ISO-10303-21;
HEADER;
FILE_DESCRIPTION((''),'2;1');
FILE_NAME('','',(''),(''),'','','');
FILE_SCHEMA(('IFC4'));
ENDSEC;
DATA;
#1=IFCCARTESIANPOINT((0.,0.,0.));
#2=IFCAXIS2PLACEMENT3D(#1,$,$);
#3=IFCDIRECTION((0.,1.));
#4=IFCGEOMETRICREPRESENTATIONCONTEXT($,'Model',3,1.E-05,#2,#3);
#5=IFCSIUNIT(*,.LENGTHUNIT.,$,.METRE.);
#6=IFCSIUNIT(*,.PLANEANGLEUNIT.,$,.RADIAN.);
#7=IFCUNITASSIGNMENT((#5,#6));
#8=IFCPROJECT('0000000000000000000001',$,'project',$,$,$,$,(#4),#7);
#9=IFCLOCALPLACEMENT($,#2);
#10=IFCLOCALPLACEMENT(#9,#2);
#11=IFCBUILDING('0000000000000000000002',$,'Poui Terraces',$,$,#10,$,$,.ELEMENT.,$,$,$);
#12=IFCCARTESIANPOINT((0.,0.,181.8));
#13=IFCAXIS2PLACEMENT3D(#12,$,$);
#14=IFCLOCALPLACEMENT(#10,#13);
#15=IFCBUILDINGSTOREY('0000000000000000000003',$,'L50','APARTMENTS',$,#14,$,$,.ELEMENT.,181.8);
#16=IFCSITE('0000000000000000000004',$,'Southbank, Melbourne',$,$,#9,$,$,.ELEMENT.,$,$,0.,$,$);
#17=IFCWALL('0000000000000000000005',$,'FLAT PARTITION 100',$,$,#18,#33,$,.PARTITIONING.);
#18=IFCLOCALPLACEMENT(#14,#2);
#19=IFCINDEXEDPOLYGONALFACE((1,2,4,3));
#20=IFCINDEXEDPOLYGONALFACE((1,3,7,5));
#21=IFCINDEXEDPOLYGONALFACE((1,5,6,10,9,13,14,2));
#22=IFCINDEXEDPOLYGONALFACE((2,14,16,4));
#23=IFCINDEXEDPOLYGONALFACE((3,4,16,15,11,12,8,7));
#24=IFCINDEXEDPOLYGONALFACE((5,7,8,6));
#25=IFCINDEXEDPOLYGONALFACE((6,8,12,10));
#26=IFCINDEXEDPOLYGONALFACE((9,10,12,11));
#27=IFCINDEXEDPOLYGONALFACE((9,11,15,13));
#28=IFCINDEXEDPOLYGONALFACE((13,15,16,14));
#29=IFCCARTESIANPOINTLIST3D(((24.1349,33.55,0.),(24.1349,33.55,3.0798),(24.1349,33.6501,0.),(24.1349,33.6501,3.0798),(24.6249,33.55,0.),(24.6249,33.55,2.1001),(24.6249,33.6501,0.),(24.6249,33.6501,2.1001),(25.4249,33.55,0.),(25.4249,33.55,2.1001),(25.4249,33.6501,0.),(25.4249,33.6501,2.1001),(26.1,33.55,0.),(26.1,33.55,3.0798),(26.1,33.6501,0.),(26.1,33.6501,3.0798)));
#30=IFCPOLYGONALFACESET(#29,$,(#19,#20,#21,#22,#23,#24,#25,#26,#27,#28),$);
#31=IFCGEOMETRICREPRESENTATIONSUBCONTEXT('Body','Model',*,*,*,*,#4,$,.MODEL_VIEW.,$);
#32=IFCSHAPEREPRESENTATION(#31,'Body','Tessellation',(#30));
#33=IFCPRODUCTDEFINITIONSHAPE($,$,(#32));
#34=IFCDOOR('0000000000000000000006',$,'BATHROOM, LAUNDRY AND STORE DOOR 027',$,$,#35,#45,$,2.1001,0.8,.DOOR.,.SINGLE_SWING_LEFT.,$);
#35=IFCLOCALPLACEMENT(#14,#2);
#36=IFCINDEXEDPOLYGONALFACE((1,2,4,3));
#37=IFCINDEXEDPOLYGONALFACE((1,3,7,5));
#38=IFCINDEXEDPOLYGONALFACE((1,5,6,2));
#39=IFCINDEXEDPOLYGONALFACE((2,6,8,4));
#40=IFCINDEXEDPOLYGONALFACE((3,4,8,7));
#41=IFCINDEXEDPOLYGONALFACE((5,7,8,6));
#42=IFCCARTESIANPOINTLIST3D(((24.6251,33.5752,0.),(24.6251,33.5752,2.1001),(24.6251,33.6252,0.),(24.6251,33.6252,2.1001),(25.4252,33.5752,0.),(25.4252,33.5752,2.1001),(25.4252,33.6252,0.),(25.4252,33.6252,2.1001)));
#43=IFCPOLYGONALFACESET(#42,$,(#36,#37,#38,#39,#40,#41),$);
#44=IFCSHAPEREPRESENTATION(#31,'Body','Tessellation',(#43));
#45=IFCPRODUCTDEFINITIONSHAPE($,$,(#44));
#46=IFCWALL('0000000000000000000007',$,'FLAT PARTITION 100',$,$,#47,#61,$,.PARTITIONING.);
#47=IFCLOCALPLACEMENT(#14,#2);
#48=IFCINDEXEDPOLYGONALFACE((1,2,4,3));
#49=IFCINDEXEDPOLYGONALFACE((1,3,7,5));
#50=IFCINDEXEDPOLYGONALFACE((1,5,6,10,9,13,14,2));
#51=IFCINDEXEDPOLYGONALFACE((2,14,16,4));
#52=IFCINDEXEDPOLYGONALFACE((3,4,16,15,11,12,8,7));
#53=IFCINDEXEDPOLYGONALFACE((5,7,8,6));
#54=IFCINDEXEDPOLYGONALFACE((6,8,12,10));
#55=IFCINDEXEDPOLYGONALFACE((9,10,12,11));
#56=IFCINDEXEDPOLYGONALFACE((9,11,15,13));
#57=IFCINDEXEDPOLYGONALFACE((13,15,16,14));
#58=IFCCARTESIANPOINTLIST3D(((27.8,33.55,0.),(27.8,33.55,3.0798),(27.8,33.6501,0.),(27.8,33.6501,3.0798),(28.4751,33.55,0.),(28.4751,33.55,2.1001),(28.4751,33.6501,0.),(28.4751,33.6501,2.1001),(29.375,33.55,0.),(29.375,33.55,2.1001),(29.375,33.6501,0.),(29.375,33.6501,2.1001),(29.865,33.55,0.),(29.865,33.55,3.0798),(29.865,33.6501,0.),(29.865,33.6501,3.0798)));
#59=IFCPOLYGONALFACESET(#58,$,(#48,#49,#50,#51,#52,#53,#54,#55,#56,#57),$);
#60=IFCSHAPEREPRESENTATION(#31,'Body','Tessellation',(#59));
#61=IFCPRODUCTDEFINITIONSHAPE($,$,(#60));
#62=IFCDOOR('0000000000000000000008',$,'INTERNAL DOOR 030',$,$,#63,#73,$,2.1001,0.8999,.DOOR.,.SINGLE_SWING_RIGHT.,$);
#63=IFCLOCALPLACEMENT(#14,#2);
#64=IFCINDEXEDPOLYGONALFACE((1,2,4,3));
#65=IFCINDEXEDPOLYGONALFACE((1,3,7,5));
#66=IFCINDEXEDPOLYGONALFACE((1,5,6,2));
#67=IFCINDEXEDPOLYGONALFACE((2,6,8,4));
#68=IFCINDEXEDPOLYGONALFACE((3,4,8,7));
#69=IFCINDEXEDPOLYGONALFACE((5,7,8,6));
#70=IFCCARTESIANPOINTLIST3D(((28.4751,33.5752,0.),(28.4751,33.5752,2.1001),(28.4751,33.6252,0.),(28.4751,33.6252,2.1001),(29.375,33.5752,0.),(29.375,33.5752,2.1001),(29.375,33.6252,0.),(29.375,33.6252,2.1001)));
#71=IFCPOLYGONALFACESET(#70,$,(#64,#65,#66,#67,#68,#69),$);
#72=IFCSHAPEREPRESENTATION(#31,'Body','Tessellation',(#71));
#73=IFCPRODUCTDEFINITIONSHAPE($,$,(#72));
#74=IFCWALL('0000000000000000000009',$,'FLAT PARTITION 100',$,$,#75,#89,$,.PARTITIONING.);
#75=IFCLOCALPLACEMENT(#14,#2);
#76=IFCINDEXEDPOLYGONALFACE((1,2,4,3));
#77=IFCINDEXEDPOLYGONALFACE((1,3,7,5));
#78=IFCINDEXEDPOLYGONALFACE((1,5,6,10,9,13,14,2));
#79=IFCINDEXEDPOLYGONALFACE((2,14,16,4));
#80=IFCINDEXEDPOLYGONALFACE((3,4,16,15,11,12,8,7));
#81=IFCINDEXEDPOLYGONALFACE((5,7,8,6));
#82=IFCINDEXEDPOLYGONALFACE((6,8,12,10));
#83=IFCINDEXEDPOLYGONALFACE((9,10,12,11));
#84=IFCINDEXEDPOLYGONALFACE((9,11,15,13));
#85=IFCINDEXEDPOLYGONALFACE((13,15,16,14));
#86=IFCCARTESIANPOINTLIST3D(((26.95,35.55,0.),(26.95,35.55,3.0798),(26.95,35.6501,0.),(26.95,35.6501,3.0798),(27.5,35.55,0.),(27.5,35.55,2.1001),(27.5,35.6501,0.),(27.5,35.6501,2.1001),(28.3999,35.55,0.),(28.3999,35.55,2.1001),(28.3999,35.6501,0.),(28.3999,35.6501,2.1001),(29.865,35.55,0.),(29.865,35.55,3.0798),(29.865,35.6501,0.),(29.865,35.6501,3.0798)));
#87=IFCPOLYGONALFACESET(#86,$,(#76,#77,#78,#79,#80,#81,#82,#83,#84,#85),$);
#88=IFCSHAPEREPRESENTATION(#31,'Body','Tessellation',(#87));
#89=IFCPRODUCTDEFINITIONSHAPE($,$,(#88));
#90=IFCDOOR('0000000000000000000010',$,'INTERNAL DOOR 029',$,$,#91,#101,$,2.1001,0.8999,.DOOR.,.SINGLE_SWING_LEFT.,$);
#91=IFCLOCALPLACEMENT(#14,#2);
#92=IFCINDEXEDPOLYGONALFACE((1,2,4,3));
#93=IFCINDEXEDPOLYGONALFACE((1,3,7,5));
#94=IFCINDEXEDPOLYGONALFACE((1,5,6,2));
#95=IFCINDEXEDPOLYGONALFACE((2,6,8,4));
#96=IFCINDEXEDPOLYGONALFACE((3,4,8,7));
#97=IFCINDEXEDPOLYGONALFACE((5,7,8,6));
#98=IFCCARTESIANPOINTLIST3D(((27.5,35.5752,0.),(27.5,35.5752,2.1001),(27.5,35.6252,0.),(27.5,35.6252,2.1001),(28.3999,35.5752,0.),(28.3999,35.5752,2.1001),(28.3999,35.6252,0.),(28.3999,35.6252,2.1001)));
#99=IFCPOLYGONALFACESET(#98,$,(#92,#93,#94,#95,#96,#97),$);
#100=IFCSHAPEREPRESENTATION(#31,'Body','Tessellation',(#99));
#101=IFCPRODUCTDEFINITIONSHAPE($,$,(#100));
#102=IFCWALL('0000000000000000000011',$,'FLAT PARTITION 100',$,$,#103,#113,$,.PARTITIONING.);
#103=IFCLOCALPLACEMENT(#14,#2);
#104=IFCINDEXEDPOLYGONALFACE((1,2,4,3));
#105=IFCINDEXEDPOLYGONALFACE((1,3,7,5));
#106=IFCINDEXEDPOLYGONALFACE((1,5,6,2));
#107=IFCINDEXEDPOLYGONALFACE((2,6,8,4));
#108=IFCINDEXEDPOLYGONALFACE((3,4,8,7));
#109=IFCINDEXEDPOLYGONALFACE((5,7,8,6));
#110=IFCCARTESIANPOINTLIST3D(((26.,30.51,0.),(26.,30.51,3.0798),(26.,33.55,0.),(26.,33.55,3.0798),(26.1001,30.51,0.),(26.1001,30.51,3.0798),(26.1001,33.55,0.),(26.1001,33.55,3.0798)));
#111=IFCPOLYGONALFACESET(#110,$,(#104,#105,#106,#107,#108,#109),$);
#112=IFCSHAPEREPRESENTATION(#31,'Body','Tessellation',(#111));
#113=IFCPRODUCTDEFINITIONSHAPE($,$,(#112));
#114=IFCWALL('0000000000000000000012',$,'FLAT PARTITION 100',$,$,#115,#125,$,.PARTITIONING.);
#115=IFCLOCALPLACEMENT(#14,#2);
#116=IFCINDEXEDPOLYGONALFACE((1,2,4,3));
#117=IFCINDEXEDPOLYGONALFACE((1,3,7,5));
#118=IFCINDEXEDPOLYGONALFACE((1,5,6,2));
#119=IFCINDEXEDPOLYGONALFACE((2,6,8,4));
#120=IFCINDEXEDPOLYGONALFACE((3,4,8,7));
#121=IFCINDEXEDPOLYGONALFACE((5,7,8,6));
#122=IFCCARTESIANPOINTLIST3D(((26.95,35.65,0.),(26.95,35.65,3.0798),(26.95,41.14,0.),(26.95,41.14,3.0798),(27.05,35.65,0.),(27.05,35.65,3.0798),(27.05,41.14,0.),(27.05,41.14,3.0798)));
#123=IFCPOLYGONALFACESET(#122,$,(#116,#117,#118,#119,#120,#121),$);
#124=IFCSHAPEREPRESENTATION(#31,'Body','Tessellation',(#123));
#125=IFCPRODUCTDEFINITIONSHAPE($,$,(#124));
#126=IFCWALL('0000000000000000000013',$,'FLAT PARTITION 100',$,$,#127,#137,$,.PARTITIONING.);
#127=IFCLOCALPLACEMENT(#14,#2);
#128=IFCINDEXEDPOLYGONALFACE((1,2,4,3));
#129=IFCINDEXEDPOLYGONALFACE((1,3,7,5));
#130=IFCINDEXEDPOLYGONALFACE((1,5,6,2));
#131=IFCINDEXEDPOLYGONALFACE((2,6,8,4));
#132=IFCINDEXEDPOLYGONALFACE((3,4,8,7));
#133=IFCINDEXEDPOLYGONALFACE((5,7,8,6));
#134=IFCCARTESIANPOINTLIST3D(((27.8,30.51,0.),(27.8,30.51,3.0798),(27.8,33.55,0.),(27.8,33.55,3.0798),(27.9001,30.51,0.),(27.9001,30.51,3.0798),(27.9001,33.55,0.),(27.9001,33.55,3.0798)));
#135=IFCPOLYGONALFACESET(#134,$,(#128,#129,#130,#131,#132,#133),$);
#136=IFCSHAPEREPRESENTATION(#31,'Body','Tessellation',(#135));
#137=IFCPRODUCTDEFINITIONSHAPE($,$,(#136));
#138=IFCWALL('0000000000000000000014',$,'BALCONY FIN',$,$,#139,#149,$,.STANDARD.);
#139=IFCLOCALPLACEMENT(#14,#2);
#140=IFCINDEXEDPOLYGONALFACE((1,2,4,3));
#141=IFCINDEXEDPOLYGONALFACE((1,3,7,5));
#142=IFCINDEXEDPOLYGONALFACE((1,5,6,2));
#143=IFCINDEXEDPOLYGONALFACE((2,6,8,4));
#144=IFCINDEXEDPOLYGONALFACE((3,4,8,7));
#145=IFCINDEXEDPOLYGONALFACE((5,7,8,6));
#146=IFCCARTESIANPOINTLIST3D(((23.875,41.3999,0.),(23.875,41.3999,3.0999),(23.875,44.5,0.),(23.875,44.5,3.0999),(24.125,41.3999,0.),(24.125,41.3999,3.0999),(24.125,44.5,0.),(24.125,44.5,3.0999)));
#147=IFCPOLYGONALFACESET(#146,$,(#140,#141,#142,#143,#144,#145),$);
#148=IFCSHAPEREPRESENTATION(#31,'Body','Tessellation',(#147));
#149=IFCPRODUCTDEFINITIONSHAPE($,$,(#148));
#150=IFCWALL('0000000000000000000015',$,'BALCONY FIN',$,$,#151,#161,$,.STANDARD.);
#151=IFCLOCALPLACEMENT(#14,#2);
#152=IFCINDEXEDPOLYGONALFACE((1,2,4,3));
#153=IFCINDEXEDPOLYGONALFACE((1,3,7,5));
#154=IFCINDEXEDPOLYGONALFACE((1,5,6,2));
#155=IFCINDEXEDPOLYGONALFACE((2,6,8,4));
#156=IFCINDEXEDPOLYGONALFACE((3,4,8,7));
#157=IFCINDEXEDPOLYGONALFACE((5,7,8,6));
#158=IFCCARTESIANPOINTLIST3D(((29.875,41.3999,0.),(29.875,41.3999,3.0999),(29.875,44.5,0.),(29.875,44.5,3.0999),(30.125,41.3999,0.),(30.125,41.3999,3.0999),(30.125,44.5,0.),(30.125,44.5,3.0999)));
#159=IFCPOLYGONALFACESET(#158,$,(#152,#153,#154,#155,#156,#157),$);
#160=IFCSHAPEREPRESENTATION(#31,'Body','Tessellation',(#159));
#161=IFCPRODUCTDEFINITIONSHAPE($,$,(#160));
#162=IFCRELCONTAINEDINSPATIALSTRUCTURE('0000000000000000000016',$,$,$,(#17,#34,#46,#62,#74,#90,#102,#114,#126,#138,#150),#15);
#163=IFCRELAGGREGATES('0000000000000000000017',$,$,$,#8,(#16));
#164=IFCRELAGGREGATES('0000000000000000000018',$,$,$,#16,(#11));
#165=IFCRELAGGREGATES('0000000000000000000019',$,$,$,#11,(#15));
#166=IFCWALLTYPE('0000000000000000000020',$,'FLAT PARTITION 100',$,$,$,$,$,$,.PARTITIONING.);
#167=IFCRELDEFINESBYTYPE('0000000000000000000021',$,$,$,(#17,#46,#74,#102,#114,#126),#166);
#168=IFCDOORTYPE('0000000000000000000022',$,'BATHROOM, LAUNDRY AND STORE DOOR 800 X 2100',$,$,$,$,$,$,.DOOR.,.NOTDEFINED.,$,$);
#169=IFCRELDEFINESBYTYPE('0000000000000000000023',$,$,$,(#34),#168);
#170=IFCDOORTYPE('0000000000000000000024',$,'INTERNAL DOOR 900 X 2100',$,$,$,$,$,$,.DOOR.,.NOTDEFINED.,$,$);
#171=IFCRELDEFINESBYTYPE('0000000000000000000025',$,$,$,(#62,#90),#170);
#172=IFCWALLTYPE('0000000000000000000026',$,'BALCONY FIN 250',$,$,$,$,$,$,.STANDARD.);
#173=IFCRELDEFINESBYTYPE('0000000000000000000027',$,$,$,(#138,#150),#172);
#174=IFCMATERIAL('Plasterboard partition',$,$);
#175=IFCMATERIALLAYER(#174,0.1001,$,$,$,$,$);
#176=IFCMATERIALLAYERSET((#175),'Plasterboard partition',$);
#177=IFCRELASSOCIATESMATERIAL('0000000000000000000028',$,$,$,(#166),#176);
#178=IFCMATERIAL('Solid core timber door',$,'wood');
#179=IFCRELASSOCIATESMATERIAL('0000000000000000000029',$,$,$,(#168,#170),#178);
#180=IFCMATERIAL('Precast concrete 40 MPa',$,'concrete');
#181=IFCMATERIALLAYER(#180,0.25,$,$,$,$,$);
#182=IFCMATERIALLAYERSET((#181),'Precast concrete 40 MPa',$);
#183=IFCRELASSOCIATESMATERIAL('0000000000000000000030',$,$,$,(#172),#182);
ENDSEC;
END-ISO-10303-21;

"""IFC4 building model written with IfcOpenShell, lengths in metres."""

from ifc_helpers import new_model, si_unit, direction, frame, frame_2d, origin, place, context, subcontext, project, spatial, polyline, rectangle, outline, extrude, source, transform, mapped, material, layer, layer_set, type_object, element, fill, save


model = new_model("IFC4")

# Units and contexts
model_context = context("Model", 3, precision=1e-05, world=origin(), true_north=direction((0.0, 1.0)))
body_context = subcontext(model_context, "Body", "Model", "MODEL_VIEW")
ifc_project = project(units=[si_unit("LENGTHUNIT", "METRE"), si_unit("PLANEANGLEUNIT", "RADIAN")], contexts=[model_context])

# Site, building, storey
site_placement = place(None, origin())
site = spatial("IfcSite", under=ifc_project, at=site_placement, Name="Southbank, Melbourne", CompositionType="ELEMENT", RefElevation=0.0)
building_placement = place(site_placement, origin())
building = spatial("IfcBuilding", under=site, at=building_placement, Name="Poui Terraces", CompositionType="ELEMENT")
storey_placement = place(building_placement, frame((0.0, 0.0, 181.8)))
storey = spatial("IfcBuildingStorey", under=building, at=storey_placement, Name="L50", Description="APARTMENTS", CompositionType="ELEMENT", Elevation=181.8)

# Walls, openings, doors
ifc_material_1 = material(Name="Plasterboard partition")
ifc_layer_1 = layer(ifc_material_1, 0.1001)
ifc_layer_set_1 = layer_set([ifc_layer_1], Name="Plasterboard partition")
wall_type_1 = type_object("IfcWallType", Name="FLAT PARTITION 100", PredefinedType="PARTITIONING", material=ifc_layer_set_1)
wall_1_placement = place(storey_placement, frame((24.135, 33.6001, 0.0), z_axis=(0.0, 0.0, 1.0), x_axis=(1.0, 0.0, 0.0)))
wall_1 = element("IfcWall", 1, at=wall_1_placement, inside=storey, type_object=wall_type_1, Name="FLAT PARTITION 100", PredefinedType="PARTITIONING", context=body_context, shape_type="SweptSolid", body=[
    extrude(rectangle(XDim=1.9651, YDim=0.1001, at=frame_2d((0.9824, 0.0))), origin(), (0.0, 0.0, 1.0), 3.0798),
])
opening_1_placement = place(wall_1_placement, frame((0.49, 0.0, 0.0)))
opening_1 = element("IfcOpeningElement", 2, at=opening_1_placement, cuts=wall_1, PredefinedType="OPENING", context=body_context, shape_type="SweptSolid", body=[
    extrude(rectangle(XDim=0.8, YDim=2.1001, at=frame_2d((0.3999, 1.05))), frame((0.0, 0.0601, 0.0), z_axis=(0.0, -1.0, 0.0), x_axis=(1.0, 0.0, 0.0)), (0.0, 0.0, 1.0), 0.1201),
])
ifc_material_2 = material(Name="Solid core timber door", Category="wood")
door_type_1 = type_object("IfcDoorType", Name="BATHROOM, LAUNDRY AND STORE DOOR 800 X 2100", OperationType="NOTDEFINED", PredefinedType="DOOR", material=ifc_material_2)
door_1_placement = place(opening_1_placement, frame((0.8, 0.0, 0.0), z_axis=(0.0, 0.0, 1.0), x_axis=(-1.0, 0.0, 0.0)))
door_1 = element("IfcDoor", 3, at=door_1_placement, inside=storey, type_object=door_type_1, Name="BATHROOM, LAUNDRY AND STORE DOOR 027", OperationType="SINGLE_SWING_LEFT", OverallHeight=2.1001, OverallWidth=0.8, PredefinedType="DOOR", context=body_context, shape_type="SweptSolid", body=[
    extrude(rectangle(XDim=0.8, YDim=2.1001, at=frame_2d((0.3999, 1.05))), frame((0.0, 0.0249, 0.0), z_axis=(0.0, -1.0, 0.0), x_axis=(1.0, 0.0, 0.0)), (0.0, 0.0, 1.0), 0.05),
])
fill(opening_1, door_1)
wall_2_placement = place(storey_placement, frame((27.8, 33.6001, 0.0), z_axis=(0.0, 0.0, 1.0), x_axis=(1.0, 0.0, 0.0)))
wall_2 = element("IfcWall", 4, at=wall_2_placement, inside=storey, type_object=wall_type_1, Name="FLAT PARTITION 100", PredefinedType="PARTITIONING", context=body_context, shape_type="SweptSolid", body=[
    extrude(rectangle(XDim=2.0649, YDim=0.1001, at=frame_2d((1.0325, 0.0))), origin(), (0.0, 0.0, 1.0), 3.0798),
])
opening_2_placement = place(wall_2_placement, frame((0.675, 0.0, 0.0)))
opening_2 = element("IfcOpeningElement", 5, at=opening_2_placement, cuts=wall_2, PredefinedType="OPENING", context=body_context, shape_type="SweptSolid", body=[
    extrude(rectangle(XDim=0.8999, YDim=2.1001, at=frame_2d((0.45, 1.05))), frame((0.0, 0.0601, 0.0), z_axis=(0.0, -1.0, 0.0), x_axis=(1.0, 0.0, 0.0)), (0.0, 0.0, 1.0), 0.1201),
])
door_type_2 = type_object("IfcDoorType", Name="INTERNAL DOOR 900 X 2100", OperationType="NOTDEFINED", PredefinedType="DOOR", material=ifc_material_2)
door_2_placement = place(opening_2_placement, frame((0.8999, 0.0, 0.0), z_axis=(0.0, 0.0, 1.0), x_axis=(-1.0, 0.0, 0.0)))
door_2 = element("IfcDoor", 6, at=door_2_placement, inside=storey, type_object=door_type_2, Name="INTERNAL DOOR 030", OperationType="SINGLE_SWING_RIGHT", OverallHeight=2.1001, OverallWidth=0.8999, PredefinedType="DOOR", context=body_context, shape_type="SweptSolid", body=[
    extrude(rectangle(XDim=0.8999, YDim=2.1001, at=frame_2d((0.45, 1.05))), frame((0.0, 0.0249, 0.0), z_axis=(0.0, -1.0, 0.0), x_axis=(1.0, 0.0, 0.0)), (0.0, 0.0, 1.0), 0.05),
])
fill(opening_2, door_2)
wall_3_placement = place(storey_placement, frame((26.95, 35.6001, 0.0), z_axis=(0.0, 0.0, 1.0), x_axis=(1.0, 0.0, 0.0)))
wall_3 = element("IfcWall", 7, at=wall_3_placement, inside=storey, type_object=wall_type_1, Name="FLAT PARTITION 100", PredefinedType="PARTITIONING", context=body_context, shape_type="SweptSolid", body=[
    extrude(rectangle(XDim=2.915, YDim=0.1001, at=frame_2d((1.4575, 0.0))), origin(), (0.0, 0.0, 1.0), 3.0798),
])
opening_3_placement = place(wall_3_placement, frame((0.55, 0.0, 0.0)))
opening_3 = element("IfcOpeningElement", 8, at=opening_3_placement, cuts=wall_3, PredefinedType="OPENING", context=body_context, shape_type="SweptSolid", body=[
    extrude(rectangle(XDim=0.8999, YDim=2.1001, at=frame_2d((0.45, 1.05))), frame((0.0, 0.0601, 0.0), z_axis=(0.0, -1.0, 0.0), x_axis=(1.0, 0.0, 0.0)), (0.0, 0.0, 1.0), 0.1201),
])
door_3_placement = place(opening_3_placement, frame((0.8999, 0.0, 0.0), z_axis=(0.0, 0.0, 1.0), x_axis=(-1.0, 0.0, 0.0)))
door_3 = element("IfcDoor", 9, at=door_3_placement, inside=storey, type_object=door_type_2, Name="INTERNAL DOOR 029", OperationType="SINGLE_SWING_LEFT", OverallHeight=2.1001, OverallWidth=0.8999, PredefinedType="DOOR", context=body_context, shape_type="SweptSolid", body=[
    extrude(rectangle(XDim=0.8999, YDim=2.1001, at=frame_2d((0.45, 1.05))), frame((0.0, 0.0249, 0.0), z_axis=(0.0, -1.0, 0.0), x_axis=(1.0, 0.0, 0.0)), (0.0, 0.0, 1.0), 0.05),
])
fill(opening_3, door_3)

# Walls
wall_4_placement = place(storey_placement, frame((26.05, 30.51, 0.0), z_axis=(0.0, 0.0, 1.0), x_axis=(0.0, 1.0, 0.0)))
element("IfcWall", 10, at=wall_4_placement, inside=storey, type_object=wall_type_1, Name="FLAT PARTITION 100", PredefinedType="PARTITIONING", context=body_context, shape_type="SweptSolid", body=[
    extrude(rectangle(XDim=3.04, YDim=0.1001, at=frame_2d((1.52, 0.0))), origin(), (0.0, 0.0, 1.0), 3.0798),
])
wall_5_placement = place(storey_placement, frame((27.0, 35.6499, 0.0), z_axis=(0.0, 0.0, 1.0), x_axis=(0.0, 1.0, 0.0)))
element("IfcWall", 11, at=wall_5_placement, inside=storey, type_object=wall_type_1, Name="FLAT PARTITION 100", PredefinedType="PARTITIONING", context=body_context, shape_type="SweptSolid", body=[
    extrude(rectangle(XDim=5.49, YDim=0.1001, at=frame_2d((2.7451, 0.0))), origin(), (0.0, 0.0, 1.0), 3.0798),
])
wall_6_placement = place(storey_placement, frame((27.8501, 30.51, 0.0), z_axis=(0.0, 0.0, 1.0), x_axis=(0.0, 1.0, 0.0)))
element("IfcWall", 12, at=wall_6_placement, inside=storey, type_object=wall_type_1, Name="FLAT PARTITION 100", PredefinedType="PARTITIONING", context=body_context, shape_type="SweptSolid", body=[
    extrude(rectangle(XDim=3.04, YDim=0.1001, at=frame_2d((1.52, 0.0))), origin(), (0.0, 0.0, 1.0), 3.0798),
])
ifc_material_3 = material(Name="Precast concrete 40 MPa", Category="concrete")
ifc_layer_2 = layer(ifc_material_3, 0.25)
ifc_layer_set_2 = layer_set([ifc_layer_2], Name="Precast concrete 40 MPa")
wall_type_2 = type_object("IfcWallType", Name="BALCONY FIN 250", PredefinedType="STANDARD", material=ifc_layer_set_2)
shared_shape_1 = source(origin(), body_context, "Body", "SweptSolid", [
    extrude(outline(polyline([(0.0, 0.0), (0.25, 0.0), (0.25, 3.1001), (0.0, 3.1001), (0.0, 0.0)])), origin(), (0.0, 0.0, 1.0), 3.0999),
])
for number, where, name in (
    (13, (23.875, 41.3999, 0.0), "BALCONY FIN"),
    (14, (29.875, 41.3999, 0.0), "BALCONY FIN"),
):
    element("IfcWall", number, at=place(storey_placement, frame(where)), inside=storey, type_object=wall_type_2, Name=name, PredefinedType="STANDARD", context=body_context, shape_type="MappedRepresentation", body=[
        mapped(shared_shape_1, transform((0.0, 0.0, 0.0))),
    ])

save(model, "model.ifc")
